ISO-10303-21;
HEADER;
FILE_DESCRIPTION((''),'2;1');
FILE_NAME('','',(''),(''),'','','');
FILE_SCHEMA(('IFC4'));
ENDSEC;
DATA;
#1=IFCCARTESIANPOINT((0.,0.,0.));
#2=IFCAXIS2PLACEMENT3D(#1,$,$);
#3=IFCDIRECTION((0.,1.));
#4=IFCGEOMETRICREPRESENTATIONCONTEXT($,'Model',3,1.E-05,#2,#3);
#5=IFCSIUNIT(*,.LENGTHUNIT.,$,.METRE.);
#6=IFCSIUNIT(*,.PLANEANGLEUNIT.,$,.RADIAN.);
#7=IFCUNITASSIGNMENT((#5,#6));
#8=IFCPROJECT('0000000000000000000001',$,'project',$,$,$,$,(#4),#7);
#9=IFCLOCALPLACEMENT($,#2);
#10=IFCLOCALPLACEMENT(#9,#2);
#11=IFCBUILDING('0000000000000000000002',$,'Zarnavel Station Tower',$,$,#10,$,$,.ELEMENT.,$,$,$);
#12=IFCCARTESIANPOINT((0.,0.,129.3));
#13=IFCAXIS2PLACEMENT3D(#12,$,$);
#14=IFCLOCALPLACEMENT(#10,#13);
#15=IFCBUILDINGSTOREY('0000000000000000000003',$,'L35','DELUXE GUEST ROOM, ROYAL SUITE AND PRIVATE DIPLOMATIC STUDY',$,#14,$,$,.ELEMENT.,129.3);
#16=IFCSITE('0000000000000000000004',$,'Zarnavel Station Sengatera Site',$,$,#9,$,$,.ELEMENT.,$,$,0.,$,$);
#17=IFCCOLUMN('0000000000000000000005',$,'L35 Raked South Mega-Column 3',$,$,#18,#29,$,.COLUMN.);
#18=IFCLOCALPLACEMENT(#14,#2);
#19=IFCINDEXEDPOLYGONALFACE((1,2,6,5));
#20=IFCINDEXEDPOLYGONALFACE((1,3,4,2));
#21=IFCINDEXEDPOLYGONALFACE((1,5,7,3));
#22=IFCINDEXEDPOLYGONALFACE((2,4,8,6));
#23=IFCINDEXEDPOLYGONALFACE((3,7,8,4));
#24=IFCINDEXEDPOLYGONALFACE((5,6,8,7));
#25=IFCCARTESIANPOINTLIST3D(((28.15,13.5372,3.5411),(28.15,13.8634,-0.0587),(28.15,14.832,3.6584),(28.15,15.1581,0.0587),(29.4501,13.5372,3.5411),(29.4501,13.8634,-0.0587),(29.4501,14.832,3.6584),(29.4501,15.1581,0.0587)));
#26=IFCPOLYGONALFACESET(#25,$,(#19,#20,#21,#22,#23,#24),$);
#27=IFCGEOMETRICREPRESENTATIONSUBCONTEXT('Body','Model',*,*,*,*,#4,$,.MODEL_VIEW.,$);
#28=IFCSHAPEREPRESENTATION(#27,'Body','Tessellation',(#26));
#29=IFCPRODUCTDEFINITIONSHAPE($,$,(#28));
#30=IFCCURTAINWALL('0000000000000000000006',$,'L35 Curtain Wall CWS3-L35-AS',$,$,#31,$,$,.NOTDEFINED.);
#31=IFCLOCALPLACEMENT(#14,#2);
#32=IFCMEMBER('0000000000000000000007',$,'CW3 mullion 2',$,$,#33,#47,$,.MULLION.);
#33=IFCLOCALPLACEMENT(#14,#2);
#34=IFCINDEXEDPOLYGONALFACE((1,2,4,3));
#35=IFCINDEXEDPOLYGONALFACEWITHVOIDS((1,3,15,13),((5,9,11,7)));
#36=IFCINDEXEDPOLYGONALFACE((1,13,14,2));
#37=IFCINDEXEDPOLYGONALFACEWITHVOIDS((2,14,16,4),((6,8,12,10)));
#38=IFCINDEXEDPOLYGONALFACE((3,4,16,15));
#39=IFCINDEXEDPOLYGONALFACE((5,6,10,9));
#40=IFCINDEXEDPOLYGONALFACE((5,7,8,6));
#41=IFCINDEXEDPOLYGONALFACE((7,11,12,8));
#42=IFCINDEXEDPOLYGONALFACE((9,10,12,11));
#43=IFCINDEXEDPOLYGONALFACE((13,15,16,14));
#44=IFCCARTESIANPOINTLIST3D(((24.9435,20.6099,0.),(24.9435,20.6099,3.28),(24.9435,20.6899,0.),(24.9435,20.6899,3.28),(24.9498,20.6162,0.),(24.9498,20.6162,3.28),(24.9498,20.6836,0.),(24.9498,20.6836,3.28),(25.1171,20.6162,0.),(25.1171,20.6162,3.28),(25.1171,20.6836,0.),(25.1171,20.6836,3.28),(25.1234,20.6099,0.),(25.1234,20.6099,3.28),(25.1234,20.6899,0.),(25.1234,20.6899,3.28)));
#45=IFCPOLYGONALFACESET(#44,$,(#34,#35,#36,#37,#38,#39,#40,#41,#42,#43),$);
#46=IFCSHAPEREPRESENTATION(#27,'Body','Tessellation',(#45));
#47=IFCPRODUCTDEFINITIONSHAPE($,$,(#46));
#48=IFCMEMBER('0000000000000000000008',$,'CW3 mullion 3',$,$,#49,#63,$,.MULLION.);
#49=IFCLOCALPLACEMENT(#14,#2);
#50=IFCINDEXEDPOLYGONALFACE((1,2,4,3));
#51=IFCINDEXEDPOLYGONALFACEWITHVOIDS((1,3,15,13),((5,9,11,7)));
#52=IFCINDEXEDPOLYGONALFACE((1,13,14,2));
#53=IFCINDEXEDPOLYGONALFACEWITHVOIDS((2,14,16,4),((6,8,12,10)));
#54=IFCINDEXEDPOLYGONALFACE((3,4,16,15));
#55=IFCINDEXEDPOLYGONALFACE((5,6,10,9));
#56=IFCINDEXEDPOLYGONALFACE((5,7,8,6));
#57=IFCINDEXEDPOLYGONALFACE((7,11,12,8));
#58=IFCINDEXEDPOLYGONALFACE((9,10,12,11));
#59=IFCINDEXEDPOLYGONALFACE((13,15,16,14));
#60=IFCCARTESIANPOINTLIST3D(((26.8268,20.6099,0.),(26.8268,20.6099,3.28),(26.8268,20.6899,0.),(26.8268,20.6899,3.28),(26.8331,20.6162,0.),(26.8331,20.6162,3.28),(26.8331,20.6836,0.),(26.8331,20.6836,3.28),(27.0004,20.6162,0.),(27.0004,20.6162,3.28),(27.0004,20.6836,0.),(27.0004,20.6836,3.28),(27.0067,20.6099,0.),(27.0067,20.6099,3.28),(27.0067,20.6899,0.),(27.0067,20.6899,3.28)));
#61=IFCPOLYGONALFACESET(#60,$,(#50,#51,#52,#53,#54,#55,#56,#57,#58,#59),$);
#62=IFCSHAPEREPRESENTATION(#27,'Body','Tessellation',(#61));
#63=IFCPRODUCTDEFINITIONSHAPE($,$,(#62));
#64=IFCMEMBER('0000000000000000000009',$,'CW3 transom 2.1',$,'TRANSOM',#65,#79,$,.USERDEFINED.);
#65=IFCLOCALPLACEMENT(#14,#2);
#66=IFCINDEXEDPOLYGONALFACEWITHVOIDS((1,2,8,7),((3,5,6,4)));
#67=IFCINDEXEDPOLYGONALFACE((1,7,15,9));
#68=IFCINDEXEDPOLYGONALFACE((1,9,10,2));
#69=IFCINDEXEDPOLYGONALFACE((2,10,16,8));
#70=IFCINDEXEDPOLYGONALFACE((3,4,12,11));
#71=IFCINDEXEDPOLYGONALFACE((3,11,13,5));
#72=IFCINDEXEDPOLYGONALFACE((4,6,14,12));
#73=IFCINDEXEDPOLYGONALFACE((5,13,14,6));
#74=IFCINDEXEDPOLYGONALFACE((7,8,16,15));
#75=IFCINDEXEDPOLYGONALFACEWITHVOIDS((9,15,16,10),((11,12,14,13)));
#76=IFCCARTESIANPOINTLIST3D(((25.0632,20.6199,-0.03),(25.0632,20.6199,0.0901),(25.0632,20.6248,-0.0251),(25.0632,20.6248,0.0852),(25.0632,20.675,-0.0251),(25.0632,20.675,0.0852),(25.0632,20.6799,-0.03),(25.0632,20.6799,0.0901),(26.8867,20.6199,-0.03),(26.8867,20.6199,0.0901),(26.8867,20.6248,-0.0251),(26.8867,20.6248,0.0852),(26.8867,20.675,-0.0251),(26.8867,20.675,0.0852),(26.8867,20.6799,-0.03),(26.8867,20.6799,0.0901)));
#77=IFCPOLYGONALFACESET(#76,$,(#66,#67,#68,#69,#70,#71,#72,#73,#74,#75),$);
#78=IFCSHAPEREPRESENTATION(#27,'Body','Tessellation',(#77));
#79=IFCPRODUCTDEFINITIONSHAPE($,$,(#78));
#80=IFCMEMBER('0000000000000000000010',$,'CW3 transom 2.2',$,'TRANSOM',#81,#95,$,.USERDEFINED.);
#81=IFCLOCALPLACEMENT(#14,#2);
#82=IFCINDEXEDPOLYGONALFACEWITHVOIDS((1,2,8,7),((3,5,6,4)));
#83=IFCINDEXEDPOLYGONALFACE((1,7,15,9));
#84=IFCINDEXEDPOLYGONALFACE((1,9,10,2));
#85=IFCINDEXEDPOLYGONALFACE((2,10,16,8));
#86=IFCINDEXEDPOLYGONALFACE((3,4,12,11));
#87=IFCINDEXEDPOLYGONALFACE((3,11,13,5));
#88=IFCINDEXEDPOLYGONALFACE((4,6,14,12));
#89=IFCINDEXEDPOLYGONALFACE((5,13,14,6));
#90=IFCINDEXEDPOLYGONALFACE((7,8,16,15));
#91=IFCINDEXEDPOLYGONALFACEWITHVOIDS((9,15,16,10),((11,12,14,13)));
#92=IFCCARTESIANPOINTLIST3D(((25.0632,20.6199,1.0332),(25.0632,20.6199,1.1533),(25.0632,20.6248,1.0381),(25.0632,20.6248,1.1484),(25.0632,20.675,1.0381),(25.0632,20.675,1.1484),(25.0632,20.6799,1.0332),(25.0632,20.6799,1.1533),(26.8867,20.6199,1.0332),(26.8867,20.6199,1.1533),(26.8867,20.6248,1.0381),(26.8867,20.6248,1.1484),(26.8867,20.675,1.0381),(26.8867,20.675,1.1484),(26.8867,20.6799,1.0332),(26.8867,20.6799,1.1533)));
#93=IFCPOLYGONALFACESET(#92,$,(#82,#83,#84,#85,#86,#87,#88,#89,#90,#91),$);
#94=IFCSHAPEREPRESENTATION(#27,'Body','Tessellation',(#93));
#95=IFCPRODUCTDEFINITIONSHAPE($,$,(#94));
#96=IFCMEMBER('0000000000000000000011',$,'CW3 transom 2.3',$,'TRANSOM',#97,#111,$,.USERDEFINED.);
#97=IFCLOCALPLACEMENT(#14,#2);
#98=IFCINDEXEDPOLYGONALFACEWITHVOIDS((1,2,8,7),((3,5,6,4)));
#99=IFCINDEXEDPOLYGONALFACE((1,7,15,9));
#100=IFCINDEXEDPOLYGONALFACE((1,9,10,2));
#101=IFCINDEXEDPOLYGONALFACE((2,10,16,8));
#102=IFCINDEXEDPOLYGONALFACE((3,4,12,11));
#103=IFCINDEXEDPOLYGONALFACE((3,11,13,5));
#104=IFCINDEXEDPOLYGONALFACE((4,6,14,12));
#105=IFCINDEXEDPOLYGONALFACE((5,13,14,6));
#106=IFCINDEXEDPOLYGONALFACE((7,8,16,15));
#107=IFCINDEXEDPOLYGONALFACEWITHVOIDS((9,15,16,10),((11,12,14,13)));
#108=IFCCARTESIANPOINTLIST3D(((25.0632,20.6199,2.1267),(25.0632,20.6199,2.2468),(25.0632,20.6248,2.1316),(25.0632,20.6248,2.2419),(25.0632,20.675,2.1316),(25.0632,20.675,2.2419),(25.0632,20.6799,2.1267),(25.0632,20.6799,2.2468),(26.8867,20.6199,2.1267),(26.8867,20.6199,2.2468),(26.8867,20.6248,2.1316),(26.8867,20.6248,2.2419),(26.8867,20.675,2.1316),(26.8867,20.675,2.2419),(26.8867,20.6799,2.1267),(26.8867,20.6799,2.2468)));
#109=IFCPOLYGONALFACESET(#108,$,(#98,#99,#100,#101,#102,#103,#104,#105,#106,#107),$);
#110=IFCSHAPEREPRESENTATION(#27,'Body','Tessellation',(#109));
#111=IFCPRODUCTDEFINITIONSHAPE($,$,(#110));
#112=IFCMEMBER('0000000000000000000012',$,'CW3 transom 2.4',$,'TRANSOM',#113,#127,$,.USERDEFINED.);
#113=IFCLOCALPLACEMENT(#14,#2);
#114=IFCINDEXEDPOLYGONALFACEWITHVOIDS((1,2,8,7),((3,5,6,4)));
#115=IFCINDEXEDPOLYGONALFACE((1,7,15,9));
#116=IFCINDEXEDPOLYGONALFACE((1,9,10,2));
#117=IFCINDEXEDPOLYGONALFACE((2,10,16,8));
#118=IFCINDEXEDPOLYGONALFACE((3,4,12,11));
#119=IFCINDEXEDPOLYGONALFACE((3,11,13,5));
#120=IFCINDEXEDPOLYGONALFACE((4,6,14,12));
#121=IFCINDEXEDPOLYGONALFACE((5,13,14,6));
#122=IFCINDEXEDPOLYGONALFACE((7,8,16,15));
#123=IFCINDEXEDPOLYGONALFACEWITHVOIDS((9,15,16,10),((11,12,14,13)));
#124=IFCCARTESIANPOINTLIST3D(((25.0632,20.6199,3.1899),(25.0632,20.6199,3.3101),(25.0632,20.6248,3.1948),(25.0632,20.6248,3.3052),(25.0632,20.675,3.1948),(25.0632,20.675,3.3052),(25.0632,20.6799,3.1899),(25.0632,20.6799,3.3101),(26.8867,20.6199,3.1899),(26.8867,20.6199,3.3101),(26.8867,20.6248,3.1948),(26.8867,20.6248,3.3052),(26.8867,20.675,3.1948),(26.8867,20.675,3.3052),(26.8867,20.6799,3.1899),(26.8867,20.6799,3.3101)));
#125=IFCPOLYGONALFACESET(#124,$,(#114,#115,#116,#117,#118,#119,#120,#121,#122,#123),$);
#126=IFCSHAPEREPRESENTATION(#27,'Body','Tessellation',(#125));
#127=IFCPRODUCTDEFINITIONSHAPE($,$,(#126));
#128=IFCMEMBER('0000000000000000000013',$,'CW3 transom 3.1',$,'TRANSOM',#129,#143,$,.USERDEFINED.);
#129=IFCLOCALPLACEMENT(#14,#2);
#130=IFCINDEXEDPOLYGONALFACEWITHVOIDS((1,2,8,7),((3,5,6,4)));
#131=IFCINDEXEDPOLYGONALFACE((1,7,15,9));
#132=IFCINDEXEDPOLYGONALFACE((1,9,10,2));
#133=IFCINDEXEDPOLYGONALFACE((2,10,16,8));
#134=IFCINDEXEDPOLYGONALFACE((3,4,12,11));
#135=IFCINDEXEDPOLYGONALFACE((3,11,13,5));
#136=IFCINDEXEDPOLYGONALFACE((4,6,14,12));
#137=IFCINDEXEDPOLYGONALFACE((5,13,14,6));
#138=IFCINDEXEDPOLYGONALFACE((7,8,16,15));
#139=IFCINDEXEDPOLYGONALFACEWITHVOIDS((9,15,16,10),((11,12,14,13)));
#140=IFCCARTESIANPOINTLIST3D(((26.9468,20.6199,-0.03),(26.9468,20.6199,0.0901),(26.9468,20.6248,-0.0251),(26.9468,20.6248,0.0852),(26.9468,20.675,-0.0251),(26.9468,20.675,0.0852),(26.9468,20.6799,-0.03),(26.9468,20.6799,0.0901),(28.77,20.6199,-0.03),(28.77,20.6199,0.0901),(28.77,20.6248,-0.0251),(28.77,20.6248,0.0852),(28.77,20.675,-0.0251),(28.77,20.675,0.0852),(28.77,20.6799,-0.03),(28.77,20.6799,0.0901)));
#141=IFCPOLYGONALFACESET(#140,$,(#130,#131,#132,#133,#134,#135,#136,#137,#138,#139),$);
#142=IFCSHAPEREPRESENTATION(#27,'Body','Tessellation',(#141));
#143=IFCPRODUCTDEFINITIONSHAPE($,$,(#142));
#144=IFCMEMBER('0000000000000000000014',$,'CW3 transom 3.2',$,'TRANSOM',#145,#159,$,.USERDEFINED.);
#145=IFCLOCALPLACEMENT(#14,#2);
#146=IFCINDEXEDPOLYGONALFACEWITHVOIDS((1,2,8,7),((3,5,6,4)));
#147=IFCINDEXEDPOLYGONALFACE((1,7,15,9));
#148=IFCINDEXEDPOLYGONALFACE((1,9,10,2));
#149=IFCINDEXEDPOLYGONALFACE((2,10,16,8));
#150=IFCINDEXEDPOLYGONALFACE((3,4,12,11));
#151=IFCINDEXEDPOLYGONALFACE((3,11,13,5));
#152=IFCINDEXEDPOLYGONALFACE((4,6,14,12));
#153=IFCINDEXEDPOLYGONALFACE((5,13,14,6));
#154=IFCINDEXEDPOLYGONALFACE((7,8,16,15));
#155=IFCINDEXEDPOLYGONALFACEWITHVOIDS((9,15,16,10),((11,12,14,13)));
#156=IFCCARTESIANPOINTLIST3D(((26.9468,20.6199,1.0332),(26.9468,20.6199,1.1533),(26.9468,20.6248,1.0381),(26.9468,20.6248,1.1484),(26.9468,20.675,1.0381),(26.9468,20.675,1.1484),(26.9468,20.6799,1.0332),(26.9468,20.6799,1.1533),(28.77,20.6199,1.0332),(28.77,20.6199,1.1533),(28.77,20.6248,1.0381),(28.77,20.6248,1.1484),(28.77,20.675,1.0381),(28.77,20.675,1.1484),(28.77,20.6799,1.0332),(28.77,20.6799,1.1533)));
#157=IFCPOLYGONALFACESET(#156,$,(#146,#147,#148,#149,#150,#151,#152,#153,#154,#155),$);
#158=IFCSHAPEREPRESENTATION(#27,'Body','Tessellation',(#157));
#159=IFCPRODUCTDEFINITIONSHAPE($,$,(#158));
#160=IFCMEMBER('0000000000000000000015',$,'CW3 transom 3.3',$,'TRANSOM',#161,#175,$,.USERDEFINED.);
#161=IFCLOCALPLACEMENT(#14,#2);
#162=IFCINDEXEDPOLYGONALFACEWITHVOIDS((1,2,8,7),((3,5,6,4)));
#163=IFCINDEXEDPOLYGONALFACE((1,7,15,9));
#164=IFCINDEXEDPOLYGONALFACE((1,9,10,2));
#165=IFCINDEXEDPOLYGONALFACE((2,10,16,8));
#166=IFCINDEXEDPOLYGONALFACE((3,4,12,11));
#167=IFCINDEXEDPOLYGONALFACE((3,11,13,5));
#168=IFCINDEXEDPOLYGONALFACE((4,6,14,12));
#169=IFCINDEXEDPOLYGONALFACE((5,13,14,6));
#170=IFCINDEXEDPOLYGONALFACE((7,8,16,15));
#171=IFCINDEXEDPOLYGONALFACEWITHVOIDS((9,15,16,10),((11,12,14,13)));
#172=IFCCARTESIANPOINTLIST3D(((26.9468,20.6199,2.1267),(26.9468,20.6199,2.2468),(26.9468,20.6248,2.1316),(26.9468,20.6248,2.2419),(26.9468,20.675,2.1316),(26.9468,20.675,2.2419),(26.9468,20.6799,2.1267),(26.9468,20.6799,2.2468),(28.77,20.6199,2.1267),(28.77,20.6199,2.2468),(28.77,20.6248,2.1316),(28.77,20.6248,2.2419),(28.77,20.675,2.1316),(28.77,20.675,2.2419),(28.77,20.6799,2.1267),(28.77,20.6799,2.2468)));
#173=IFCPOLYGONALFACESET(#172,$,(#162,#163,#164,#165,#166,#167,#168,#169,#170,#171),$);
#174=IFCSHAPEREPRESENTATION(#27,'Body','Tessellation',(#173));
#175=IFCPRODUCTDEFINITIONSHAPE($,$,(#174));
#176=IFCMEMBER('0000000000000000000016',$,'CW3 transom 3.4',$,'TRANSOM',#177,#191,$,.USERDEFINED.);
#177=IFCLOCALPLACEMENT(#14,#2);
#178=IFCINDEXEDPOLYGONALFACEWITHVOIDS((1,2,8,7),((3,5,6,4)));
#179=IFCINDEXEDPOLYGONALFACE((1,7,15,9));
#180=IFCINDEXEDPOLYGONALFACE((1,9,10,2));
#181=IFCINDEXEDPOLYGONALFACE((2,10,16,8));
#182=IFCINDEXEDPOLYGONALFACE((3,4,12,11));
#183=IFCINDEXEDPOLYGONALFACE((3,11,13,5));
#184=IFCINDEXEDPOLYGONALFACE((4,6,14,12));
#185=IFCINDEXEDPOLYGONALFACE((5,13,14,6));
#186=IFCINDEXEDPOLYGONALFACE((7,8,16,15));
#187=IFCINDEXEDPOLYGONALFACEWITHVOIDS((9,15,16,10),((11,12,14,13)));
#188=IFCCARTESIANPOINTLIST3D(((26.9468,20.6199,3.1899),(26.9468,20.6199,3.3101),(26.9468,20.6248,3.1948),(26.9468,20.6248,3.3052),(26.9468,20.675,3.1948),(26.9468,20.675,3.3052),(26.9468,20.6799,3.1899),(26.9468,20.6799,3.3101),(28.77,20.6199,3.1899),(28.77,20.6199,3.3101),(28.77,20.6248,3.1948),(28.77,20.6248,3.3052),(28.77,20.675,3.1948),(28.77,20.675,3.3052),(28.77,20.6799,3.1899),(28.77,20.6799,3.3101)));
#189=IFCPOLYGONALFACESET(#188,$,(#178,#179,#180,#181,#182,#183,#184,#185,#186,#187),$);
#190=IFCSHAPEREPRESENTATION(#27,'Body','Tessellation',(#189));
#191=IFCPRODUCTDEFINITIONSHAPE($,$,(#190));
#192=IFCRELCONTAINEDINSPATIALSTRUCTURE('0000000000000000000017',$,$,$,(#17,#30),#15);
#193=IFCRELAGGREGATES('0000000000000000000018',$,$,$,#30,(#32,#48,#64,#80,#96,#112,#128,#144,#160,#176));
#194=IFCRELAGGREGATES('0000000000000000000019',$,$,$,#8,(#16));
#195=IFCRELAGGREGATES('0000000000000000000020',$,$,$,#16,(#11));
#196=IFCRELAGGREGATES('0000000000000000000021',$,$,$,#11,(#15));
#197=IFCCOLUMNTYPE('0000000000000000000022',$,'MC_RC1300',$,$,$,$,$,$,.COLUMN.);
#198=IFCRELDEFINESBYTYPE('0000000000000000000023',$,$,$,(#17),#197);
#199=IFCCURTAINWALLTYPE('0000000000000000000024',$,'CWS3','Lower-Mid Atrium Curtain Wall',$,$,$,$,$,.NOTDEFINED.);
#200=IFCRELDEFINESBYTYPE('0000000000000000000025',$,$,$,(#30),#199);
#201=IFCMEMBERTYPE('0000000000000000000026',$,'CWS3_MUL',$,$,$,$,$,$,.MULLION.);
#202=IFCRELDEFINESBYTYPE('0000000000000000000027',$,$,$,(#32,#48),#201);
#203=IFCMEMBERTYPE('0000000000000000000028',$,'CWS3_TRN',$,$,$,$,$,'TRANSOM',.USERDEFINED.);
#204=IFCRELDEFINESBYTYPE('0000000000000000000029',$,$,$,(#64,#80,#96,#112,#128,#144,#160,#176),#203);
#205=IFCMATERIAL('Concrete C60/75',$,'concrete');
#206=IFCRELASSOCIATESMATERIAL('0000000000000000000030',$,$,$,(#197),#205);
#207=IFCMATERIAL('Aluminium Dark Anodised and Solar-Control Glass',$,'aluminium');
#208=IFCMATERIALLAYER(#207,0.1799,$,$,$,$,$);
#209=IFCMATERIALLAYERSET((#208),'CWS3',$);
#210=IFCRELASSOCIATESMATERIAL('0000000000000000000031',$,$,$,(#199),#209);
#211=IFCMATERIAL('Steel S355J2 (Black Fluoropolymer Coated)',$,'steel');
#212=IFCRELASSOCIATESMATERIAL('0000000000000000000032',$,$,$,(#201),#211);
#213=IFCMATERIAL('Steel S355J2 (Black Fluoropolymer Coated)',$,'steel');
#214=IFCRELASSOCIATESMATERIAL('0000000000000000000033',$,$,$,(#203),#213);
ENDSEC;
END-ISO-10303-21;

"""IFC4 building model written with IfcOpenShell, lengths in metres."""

from ifc_helpers import new_model, si_unit, direction, frame, origin, origin_2d, place, context, subcontext, project, spatial, rectangle, hollow_rectangle, extrude, material, layer, layer_set, material_profile, profile_set, type_object, element, aggregate, save


model = new_model("IFC4")

# Units and contexts
model_context = context("Model", 3, precision=1e-05, world=origin(), true_north=direction((0.0, 1.0)))
body_context = subcontext(model_context, "Body", "Model", "MODEL_VIEW")
ifc_project = project(units=[si_unit("LENGTHUNIT", "METRE"), si_unit("PLANEANGLEUNIT", "RADIAN")], contexts=[model_context])

# Site, building, storey
site_placement = place(None, origin())
site = spatial("IfcSite", under=ifc_project, at=site_placement, Name="Zarnavel Station Sengatera Site", CompositionType="ELEMENT", RefElevation=0.0)
building_placement = place(site_placement, origin())
building = spatial("IfcBuilding", under=site, at=building_placement, Name="Zarnavel Station Tower", CompositionType="ELEMENT")
storey_placement = place(building_placement, frame((0.0, 0.0, 129.3)))
storey = spatial("IfcBuildingStorey", under=building, at=storey_placement, Name="L35", Description="DELUXE GUEST ROOM, ROYAL SUITE AND PRIVATE DIPLOMATIC STUDY", CompositionType="ELEMENT", Elevation=129.3)

# Column
ifc_material_1 = material(Name="Concrete C60/75", Category="concrete")
ifc_material_profile_1 = material_profile(ifc_material_1, rectangle(XDim=1.3, YDim=1.3, at=origin_2d()), Name="RC1300x1300")
ifc_profile_set_1 = profile_set([ifc_material_profile_1], Name="Concrete C60/75")
column_type = type_object("IfcColumnType", Name="MC_RC1300", PredefinedType="COLUMN", material=ifc_profile_set_1)
column_placement = place(storey_placement, frame((28.8, 14.5107, 0.0), z_axis=(0.0, -0.090237, 0.99592), x_axis=(1.0, 0.0, 0.0)))
element("IfcColumn", 1, at=column_placement, inside=storey, type_object=column_type, Name="L35 Raked South Mega-Column 3", PredefinedType="COLUMN", context=body_context, shape_type="SweptSolid", body=[
    extrude(rectangle(XDim=1.3, YDim=1.3, at=origin_2d()), origin(), (0.0, 0.0, 1.0), 3.6145),
])

# Curtain wall, members
ifc_material_2 = material(Name="Aluminium Dark Anodised and Solar-Control Glass", Category="aluminium")
ifc_layer_1 = layer(ifc_material_2, 0.1799)
ifc_layer_set_1 = layer_set([ifc_layer_1], Name="CWS3")
curtain_wall_type = type_object("IfcCurtainWallType", Name="CWS3", Description="Lower-Mid Atrium Curtain Wall", PredefinedType="NOTDEFINED", material=ifc_layer_set_1)
curtain_wall_placement = place(storey_placement, origin())
curtain_wall = element("IfcCurtainWall", 2, at=curtain_wall_placement, inside=storey, type_object=curtain_wall_type, Name="L35 Curtain Wall CWS3-L35-AS", PredefinedType="NOTDEFINED")
ifc_material_3 = material(Name="Steel S355J2 (Black Fluoropolymer Coated)", Category="steel")
ifc_material_profile_2 = material_profile(ifc_material_3, hollow_rectangle(XDim=0.0801, YDim=0.1799, WallThickness=0.0063, at=origin_2d()), Name="RHS180x80x6.3")
ifc_profile_set_2 = profile_set([ifc_material_profile_2], Name="Steel S355J2 (Black Fluoropolymer Coated)")
member_type_1 = type_object("IfcMemberType", Name="CWS3_MUL", PredefinedType="MULLION", material=ifc_profile_set_2)
member_1_placement = place(storey_placement, frame((25.0334, 20.6499, 0.0), z_axis=(0.0, 0.0, 1.0), x_axis=(0.0, 1.0, 0.0)))
member_1 = element("IfcMember", 3, at=member_1_placement, type_object=member_type_1, Name="CW3 mullion 2", PredefinedType="MULLION", context=body_context, shape_type="SweptSolid", body=[
    extrude(hollow_rectangle(XDim=0.0801, YDim=0.1799, WallThickness=0.0063, at=origin_2d()), origin(), (0.0, 0.0, 1.0), 3.28),
])
member_2_placement = place(storey_placement, frame((26.9167, 20.6499, 0.0), z_axis=(0.0, 0.0, 1.0), x_axis=(0.0, 1.0, 0.0)))
member_2 = element("IfcMember", 4, at=member_2_placement, type_object=member_type_1, Name="CW3 mullion 3", PredefinedType="MULLION", context=body_context, shape_type="SweptSolid", body=[
    extrude(hollow_rectangle(XDim=0.0801, YDim=0.1799, WallThickness=0.0063, at=origin_2d()), origin(), (0.0, 0.0, 1.0), 3.28),
])
ifc_material_4 = material(Name="Steel S355J2 (Black Fluoropolymer Coated)", Category="steel")
ifc_material_profile_3 = material_profile(ifc_material_4, hollow_rectangle(XDim=0.0601, YDim=0.1201, WallThickness=0.0049, at=origin_2d()), Name="RHS120x60x5")
ifc_profile_set_3 = profile_set([ifc_material_profile_3], Name="Steel S355J2 (Black Fluoropolymer Coated)")
member_type_2 = type_object("IfcMemberType", Name="CWS3_TRN", ElementType="TRANSOM", PredefinedType="USERDEFINED", material=ifc_profile_set_3)
member_3_placement = place(storey_placement, frame((25.0632, 20.6499, 0.03), z_axis=(1.0, 0.0, 0.0), x_axis=(0.0, 1.0, 0.0)))
member_3 = element("IfcMember", 5, at=member_3_placement, type_object=member_type_2, Name="CW3 transom 2.1", ObjectType="TRANSOM", PredefinedType="USERDEFINED", context=body_context, shape_type="SweptSolid", body=[
    extrude(hollow_rectangle(XDim=0.0601, YDim=0.1201, WallThickness=0.0049, at=origin_2d()), origin(), (0.0, 0.0, 1.0), 1.8235),
])
member_4_placement = place(storey_placement, frame((25.0632, 20.6499, 1.0933), z_axis=(1.0, 0.0, 0.0), x_axis=(0.0, 1.0, 0.0)))
member_4 = element("IfcMember", 6, at=member_4_placement, type_object=member_type_2, Name="CW3 transom 2.2", ObjectType="TRANSOM", PredefinedType="USERDEFINED", context=body_context, shape_type="SweptSolid", body=[
    extrude(hollow_rectangle(XDim=0.0601, YDim=0.1201, WallThickness=0.0049, at=origin_2d()), origin(), (0.0, 0.0, 1.0), 1.8235),
])
member_5_placement = place(storey_placement, frame((25.0632, 20.6499, 2.1868), z_axis=(1.0, 0.0, 0.0), x_axis=(0.0, 1.0, 0.0)))
member_5 = element("IfcMember", 7, at=member_5_placement, type_object=member_type_2, Name="CW3 transom 2.3", ObjectType="TRANSOM", PredefinedType="USERDEFINED", context=body_context, shape_type="SweptSolid", body=[
    extrude(hollow_rectangle(XDim=0.0601, YDim=0.1201, WallThickness=0.0049, at=origin_2d()), origin(), (0.0, 0.0, 1.0), 1.8235),
])
member_6_placement = place(storey_placement, frame((25.0632, 20.6499, 3.25), z_axis=(1.0, 0.0, 0.0), x_axis=(0.0, 1.0, 0.0)))
member_6 = element("IfcMember", 8, at=member_6_placement, type_object=member_type_2, Name="CW3 transom 2.4", ObjectType="TRANSOM", PredefinedType="USERDEFINED", context=body_context, shape_type="SweptSolid", body=[
    extrude(hollow_rectangle(XDim=0.0601, YDim=0.1201, WallThickness=0.0049, at=origin_2d()), origin(), (0.0, 0.0, 1.0), 1.8235),
])
member_7_placement = place(storey_placement, frame((26.9468, 20.6499, 0.03), z_axis=(1.0, 0.0, 0.0), x_axis=(0.0, 1.0, 0.0)))
member_7 = element("IfcMember", 9, at=member_7_placement, type_object=member_type_2, Name="CW3 transom 3.1", ObjectType="TRANSOM", PredefinedType="USERDEFINED", context=body_context, shape_type="SweptSolid", body=[
    extrude(hollow_rectangle(XDim=0.0601, YDim=0.1201, WallThickness=0.0049, at=origin_2d()), origin(), (0.0, 0.0, 1.0), 1.8232),
])
member_8_placement = place(storey_placement, frame((26.9468, 20.6499, 1.0933), z_axis=(1.0, 0.0, 0.0), x_axis=(0.0, 1.0, 0.0)))
member_8 = element("IfcMember", 10, at=member_8_placement, type_object=member_type_2, Name="CW3 transom 3.2", ObjectType="TRANSOM", PredefinedType="USERDEFINED", context=body_context, shape_type="SweptSolid", body=[
    extrude(hollow_rectangle(XDim=0.0601, YDim=0.1201, WallThickness=0.0049, at=origin_2d()), origin(), (0.0, 0.0, 1.0), 1.8232),
])
member_9_placement = place(storey_placement, frame((26.9468, 20.6499, 2.1868), z_axis=(1.0, 0.0, 0.0), x_axis=(0.0, 1.0, 0.0)))
member_9 = element("IfcMember", 11, at=member_9_placement, type_object=member_type_2, Name="CW3 transom 3.3", ObjectType="TRANSOM", PredefinedType="USERDEFINED", context=body_context, shape_type="SweptSolid", body=[
    extrude(hollow_rectangle(XDim=0.0601, YDim=0.1201, WallThickness=0.0049, at=origin_2d()), origin(), (0.0, 0.0, 1.0), 1.8232),
])
member_10_placement = place(storey_placement, frame((26.9468, 20.6499, 3.25), z_axis=(1.0, 0.0, 0.0), x_axis=(0.0, 1.0, 0.0)))
member_10 = element("IfcMember", 12, at=member_10_placement, type_object=member_type_2, Name="CW3 transom 3.4", ObjectType="TRANSOM", PredefinedType="USERDEFINED", context=body_context, shape_type="SweptSolid", body=[
    extrude(hollow_rectangle(XDim=0.0601, YDim=0.1201, WallThickness=0.0049, at=origin_2d()), origin(), (0.0, 0.0, 1.0), 1.8232),
])
aggregate(curtain_wall, [member_1, member_2, member_3, member_4, member_5, member_6, member_7, member_8, member_9, member_10])

save(model, "model.ifc")
